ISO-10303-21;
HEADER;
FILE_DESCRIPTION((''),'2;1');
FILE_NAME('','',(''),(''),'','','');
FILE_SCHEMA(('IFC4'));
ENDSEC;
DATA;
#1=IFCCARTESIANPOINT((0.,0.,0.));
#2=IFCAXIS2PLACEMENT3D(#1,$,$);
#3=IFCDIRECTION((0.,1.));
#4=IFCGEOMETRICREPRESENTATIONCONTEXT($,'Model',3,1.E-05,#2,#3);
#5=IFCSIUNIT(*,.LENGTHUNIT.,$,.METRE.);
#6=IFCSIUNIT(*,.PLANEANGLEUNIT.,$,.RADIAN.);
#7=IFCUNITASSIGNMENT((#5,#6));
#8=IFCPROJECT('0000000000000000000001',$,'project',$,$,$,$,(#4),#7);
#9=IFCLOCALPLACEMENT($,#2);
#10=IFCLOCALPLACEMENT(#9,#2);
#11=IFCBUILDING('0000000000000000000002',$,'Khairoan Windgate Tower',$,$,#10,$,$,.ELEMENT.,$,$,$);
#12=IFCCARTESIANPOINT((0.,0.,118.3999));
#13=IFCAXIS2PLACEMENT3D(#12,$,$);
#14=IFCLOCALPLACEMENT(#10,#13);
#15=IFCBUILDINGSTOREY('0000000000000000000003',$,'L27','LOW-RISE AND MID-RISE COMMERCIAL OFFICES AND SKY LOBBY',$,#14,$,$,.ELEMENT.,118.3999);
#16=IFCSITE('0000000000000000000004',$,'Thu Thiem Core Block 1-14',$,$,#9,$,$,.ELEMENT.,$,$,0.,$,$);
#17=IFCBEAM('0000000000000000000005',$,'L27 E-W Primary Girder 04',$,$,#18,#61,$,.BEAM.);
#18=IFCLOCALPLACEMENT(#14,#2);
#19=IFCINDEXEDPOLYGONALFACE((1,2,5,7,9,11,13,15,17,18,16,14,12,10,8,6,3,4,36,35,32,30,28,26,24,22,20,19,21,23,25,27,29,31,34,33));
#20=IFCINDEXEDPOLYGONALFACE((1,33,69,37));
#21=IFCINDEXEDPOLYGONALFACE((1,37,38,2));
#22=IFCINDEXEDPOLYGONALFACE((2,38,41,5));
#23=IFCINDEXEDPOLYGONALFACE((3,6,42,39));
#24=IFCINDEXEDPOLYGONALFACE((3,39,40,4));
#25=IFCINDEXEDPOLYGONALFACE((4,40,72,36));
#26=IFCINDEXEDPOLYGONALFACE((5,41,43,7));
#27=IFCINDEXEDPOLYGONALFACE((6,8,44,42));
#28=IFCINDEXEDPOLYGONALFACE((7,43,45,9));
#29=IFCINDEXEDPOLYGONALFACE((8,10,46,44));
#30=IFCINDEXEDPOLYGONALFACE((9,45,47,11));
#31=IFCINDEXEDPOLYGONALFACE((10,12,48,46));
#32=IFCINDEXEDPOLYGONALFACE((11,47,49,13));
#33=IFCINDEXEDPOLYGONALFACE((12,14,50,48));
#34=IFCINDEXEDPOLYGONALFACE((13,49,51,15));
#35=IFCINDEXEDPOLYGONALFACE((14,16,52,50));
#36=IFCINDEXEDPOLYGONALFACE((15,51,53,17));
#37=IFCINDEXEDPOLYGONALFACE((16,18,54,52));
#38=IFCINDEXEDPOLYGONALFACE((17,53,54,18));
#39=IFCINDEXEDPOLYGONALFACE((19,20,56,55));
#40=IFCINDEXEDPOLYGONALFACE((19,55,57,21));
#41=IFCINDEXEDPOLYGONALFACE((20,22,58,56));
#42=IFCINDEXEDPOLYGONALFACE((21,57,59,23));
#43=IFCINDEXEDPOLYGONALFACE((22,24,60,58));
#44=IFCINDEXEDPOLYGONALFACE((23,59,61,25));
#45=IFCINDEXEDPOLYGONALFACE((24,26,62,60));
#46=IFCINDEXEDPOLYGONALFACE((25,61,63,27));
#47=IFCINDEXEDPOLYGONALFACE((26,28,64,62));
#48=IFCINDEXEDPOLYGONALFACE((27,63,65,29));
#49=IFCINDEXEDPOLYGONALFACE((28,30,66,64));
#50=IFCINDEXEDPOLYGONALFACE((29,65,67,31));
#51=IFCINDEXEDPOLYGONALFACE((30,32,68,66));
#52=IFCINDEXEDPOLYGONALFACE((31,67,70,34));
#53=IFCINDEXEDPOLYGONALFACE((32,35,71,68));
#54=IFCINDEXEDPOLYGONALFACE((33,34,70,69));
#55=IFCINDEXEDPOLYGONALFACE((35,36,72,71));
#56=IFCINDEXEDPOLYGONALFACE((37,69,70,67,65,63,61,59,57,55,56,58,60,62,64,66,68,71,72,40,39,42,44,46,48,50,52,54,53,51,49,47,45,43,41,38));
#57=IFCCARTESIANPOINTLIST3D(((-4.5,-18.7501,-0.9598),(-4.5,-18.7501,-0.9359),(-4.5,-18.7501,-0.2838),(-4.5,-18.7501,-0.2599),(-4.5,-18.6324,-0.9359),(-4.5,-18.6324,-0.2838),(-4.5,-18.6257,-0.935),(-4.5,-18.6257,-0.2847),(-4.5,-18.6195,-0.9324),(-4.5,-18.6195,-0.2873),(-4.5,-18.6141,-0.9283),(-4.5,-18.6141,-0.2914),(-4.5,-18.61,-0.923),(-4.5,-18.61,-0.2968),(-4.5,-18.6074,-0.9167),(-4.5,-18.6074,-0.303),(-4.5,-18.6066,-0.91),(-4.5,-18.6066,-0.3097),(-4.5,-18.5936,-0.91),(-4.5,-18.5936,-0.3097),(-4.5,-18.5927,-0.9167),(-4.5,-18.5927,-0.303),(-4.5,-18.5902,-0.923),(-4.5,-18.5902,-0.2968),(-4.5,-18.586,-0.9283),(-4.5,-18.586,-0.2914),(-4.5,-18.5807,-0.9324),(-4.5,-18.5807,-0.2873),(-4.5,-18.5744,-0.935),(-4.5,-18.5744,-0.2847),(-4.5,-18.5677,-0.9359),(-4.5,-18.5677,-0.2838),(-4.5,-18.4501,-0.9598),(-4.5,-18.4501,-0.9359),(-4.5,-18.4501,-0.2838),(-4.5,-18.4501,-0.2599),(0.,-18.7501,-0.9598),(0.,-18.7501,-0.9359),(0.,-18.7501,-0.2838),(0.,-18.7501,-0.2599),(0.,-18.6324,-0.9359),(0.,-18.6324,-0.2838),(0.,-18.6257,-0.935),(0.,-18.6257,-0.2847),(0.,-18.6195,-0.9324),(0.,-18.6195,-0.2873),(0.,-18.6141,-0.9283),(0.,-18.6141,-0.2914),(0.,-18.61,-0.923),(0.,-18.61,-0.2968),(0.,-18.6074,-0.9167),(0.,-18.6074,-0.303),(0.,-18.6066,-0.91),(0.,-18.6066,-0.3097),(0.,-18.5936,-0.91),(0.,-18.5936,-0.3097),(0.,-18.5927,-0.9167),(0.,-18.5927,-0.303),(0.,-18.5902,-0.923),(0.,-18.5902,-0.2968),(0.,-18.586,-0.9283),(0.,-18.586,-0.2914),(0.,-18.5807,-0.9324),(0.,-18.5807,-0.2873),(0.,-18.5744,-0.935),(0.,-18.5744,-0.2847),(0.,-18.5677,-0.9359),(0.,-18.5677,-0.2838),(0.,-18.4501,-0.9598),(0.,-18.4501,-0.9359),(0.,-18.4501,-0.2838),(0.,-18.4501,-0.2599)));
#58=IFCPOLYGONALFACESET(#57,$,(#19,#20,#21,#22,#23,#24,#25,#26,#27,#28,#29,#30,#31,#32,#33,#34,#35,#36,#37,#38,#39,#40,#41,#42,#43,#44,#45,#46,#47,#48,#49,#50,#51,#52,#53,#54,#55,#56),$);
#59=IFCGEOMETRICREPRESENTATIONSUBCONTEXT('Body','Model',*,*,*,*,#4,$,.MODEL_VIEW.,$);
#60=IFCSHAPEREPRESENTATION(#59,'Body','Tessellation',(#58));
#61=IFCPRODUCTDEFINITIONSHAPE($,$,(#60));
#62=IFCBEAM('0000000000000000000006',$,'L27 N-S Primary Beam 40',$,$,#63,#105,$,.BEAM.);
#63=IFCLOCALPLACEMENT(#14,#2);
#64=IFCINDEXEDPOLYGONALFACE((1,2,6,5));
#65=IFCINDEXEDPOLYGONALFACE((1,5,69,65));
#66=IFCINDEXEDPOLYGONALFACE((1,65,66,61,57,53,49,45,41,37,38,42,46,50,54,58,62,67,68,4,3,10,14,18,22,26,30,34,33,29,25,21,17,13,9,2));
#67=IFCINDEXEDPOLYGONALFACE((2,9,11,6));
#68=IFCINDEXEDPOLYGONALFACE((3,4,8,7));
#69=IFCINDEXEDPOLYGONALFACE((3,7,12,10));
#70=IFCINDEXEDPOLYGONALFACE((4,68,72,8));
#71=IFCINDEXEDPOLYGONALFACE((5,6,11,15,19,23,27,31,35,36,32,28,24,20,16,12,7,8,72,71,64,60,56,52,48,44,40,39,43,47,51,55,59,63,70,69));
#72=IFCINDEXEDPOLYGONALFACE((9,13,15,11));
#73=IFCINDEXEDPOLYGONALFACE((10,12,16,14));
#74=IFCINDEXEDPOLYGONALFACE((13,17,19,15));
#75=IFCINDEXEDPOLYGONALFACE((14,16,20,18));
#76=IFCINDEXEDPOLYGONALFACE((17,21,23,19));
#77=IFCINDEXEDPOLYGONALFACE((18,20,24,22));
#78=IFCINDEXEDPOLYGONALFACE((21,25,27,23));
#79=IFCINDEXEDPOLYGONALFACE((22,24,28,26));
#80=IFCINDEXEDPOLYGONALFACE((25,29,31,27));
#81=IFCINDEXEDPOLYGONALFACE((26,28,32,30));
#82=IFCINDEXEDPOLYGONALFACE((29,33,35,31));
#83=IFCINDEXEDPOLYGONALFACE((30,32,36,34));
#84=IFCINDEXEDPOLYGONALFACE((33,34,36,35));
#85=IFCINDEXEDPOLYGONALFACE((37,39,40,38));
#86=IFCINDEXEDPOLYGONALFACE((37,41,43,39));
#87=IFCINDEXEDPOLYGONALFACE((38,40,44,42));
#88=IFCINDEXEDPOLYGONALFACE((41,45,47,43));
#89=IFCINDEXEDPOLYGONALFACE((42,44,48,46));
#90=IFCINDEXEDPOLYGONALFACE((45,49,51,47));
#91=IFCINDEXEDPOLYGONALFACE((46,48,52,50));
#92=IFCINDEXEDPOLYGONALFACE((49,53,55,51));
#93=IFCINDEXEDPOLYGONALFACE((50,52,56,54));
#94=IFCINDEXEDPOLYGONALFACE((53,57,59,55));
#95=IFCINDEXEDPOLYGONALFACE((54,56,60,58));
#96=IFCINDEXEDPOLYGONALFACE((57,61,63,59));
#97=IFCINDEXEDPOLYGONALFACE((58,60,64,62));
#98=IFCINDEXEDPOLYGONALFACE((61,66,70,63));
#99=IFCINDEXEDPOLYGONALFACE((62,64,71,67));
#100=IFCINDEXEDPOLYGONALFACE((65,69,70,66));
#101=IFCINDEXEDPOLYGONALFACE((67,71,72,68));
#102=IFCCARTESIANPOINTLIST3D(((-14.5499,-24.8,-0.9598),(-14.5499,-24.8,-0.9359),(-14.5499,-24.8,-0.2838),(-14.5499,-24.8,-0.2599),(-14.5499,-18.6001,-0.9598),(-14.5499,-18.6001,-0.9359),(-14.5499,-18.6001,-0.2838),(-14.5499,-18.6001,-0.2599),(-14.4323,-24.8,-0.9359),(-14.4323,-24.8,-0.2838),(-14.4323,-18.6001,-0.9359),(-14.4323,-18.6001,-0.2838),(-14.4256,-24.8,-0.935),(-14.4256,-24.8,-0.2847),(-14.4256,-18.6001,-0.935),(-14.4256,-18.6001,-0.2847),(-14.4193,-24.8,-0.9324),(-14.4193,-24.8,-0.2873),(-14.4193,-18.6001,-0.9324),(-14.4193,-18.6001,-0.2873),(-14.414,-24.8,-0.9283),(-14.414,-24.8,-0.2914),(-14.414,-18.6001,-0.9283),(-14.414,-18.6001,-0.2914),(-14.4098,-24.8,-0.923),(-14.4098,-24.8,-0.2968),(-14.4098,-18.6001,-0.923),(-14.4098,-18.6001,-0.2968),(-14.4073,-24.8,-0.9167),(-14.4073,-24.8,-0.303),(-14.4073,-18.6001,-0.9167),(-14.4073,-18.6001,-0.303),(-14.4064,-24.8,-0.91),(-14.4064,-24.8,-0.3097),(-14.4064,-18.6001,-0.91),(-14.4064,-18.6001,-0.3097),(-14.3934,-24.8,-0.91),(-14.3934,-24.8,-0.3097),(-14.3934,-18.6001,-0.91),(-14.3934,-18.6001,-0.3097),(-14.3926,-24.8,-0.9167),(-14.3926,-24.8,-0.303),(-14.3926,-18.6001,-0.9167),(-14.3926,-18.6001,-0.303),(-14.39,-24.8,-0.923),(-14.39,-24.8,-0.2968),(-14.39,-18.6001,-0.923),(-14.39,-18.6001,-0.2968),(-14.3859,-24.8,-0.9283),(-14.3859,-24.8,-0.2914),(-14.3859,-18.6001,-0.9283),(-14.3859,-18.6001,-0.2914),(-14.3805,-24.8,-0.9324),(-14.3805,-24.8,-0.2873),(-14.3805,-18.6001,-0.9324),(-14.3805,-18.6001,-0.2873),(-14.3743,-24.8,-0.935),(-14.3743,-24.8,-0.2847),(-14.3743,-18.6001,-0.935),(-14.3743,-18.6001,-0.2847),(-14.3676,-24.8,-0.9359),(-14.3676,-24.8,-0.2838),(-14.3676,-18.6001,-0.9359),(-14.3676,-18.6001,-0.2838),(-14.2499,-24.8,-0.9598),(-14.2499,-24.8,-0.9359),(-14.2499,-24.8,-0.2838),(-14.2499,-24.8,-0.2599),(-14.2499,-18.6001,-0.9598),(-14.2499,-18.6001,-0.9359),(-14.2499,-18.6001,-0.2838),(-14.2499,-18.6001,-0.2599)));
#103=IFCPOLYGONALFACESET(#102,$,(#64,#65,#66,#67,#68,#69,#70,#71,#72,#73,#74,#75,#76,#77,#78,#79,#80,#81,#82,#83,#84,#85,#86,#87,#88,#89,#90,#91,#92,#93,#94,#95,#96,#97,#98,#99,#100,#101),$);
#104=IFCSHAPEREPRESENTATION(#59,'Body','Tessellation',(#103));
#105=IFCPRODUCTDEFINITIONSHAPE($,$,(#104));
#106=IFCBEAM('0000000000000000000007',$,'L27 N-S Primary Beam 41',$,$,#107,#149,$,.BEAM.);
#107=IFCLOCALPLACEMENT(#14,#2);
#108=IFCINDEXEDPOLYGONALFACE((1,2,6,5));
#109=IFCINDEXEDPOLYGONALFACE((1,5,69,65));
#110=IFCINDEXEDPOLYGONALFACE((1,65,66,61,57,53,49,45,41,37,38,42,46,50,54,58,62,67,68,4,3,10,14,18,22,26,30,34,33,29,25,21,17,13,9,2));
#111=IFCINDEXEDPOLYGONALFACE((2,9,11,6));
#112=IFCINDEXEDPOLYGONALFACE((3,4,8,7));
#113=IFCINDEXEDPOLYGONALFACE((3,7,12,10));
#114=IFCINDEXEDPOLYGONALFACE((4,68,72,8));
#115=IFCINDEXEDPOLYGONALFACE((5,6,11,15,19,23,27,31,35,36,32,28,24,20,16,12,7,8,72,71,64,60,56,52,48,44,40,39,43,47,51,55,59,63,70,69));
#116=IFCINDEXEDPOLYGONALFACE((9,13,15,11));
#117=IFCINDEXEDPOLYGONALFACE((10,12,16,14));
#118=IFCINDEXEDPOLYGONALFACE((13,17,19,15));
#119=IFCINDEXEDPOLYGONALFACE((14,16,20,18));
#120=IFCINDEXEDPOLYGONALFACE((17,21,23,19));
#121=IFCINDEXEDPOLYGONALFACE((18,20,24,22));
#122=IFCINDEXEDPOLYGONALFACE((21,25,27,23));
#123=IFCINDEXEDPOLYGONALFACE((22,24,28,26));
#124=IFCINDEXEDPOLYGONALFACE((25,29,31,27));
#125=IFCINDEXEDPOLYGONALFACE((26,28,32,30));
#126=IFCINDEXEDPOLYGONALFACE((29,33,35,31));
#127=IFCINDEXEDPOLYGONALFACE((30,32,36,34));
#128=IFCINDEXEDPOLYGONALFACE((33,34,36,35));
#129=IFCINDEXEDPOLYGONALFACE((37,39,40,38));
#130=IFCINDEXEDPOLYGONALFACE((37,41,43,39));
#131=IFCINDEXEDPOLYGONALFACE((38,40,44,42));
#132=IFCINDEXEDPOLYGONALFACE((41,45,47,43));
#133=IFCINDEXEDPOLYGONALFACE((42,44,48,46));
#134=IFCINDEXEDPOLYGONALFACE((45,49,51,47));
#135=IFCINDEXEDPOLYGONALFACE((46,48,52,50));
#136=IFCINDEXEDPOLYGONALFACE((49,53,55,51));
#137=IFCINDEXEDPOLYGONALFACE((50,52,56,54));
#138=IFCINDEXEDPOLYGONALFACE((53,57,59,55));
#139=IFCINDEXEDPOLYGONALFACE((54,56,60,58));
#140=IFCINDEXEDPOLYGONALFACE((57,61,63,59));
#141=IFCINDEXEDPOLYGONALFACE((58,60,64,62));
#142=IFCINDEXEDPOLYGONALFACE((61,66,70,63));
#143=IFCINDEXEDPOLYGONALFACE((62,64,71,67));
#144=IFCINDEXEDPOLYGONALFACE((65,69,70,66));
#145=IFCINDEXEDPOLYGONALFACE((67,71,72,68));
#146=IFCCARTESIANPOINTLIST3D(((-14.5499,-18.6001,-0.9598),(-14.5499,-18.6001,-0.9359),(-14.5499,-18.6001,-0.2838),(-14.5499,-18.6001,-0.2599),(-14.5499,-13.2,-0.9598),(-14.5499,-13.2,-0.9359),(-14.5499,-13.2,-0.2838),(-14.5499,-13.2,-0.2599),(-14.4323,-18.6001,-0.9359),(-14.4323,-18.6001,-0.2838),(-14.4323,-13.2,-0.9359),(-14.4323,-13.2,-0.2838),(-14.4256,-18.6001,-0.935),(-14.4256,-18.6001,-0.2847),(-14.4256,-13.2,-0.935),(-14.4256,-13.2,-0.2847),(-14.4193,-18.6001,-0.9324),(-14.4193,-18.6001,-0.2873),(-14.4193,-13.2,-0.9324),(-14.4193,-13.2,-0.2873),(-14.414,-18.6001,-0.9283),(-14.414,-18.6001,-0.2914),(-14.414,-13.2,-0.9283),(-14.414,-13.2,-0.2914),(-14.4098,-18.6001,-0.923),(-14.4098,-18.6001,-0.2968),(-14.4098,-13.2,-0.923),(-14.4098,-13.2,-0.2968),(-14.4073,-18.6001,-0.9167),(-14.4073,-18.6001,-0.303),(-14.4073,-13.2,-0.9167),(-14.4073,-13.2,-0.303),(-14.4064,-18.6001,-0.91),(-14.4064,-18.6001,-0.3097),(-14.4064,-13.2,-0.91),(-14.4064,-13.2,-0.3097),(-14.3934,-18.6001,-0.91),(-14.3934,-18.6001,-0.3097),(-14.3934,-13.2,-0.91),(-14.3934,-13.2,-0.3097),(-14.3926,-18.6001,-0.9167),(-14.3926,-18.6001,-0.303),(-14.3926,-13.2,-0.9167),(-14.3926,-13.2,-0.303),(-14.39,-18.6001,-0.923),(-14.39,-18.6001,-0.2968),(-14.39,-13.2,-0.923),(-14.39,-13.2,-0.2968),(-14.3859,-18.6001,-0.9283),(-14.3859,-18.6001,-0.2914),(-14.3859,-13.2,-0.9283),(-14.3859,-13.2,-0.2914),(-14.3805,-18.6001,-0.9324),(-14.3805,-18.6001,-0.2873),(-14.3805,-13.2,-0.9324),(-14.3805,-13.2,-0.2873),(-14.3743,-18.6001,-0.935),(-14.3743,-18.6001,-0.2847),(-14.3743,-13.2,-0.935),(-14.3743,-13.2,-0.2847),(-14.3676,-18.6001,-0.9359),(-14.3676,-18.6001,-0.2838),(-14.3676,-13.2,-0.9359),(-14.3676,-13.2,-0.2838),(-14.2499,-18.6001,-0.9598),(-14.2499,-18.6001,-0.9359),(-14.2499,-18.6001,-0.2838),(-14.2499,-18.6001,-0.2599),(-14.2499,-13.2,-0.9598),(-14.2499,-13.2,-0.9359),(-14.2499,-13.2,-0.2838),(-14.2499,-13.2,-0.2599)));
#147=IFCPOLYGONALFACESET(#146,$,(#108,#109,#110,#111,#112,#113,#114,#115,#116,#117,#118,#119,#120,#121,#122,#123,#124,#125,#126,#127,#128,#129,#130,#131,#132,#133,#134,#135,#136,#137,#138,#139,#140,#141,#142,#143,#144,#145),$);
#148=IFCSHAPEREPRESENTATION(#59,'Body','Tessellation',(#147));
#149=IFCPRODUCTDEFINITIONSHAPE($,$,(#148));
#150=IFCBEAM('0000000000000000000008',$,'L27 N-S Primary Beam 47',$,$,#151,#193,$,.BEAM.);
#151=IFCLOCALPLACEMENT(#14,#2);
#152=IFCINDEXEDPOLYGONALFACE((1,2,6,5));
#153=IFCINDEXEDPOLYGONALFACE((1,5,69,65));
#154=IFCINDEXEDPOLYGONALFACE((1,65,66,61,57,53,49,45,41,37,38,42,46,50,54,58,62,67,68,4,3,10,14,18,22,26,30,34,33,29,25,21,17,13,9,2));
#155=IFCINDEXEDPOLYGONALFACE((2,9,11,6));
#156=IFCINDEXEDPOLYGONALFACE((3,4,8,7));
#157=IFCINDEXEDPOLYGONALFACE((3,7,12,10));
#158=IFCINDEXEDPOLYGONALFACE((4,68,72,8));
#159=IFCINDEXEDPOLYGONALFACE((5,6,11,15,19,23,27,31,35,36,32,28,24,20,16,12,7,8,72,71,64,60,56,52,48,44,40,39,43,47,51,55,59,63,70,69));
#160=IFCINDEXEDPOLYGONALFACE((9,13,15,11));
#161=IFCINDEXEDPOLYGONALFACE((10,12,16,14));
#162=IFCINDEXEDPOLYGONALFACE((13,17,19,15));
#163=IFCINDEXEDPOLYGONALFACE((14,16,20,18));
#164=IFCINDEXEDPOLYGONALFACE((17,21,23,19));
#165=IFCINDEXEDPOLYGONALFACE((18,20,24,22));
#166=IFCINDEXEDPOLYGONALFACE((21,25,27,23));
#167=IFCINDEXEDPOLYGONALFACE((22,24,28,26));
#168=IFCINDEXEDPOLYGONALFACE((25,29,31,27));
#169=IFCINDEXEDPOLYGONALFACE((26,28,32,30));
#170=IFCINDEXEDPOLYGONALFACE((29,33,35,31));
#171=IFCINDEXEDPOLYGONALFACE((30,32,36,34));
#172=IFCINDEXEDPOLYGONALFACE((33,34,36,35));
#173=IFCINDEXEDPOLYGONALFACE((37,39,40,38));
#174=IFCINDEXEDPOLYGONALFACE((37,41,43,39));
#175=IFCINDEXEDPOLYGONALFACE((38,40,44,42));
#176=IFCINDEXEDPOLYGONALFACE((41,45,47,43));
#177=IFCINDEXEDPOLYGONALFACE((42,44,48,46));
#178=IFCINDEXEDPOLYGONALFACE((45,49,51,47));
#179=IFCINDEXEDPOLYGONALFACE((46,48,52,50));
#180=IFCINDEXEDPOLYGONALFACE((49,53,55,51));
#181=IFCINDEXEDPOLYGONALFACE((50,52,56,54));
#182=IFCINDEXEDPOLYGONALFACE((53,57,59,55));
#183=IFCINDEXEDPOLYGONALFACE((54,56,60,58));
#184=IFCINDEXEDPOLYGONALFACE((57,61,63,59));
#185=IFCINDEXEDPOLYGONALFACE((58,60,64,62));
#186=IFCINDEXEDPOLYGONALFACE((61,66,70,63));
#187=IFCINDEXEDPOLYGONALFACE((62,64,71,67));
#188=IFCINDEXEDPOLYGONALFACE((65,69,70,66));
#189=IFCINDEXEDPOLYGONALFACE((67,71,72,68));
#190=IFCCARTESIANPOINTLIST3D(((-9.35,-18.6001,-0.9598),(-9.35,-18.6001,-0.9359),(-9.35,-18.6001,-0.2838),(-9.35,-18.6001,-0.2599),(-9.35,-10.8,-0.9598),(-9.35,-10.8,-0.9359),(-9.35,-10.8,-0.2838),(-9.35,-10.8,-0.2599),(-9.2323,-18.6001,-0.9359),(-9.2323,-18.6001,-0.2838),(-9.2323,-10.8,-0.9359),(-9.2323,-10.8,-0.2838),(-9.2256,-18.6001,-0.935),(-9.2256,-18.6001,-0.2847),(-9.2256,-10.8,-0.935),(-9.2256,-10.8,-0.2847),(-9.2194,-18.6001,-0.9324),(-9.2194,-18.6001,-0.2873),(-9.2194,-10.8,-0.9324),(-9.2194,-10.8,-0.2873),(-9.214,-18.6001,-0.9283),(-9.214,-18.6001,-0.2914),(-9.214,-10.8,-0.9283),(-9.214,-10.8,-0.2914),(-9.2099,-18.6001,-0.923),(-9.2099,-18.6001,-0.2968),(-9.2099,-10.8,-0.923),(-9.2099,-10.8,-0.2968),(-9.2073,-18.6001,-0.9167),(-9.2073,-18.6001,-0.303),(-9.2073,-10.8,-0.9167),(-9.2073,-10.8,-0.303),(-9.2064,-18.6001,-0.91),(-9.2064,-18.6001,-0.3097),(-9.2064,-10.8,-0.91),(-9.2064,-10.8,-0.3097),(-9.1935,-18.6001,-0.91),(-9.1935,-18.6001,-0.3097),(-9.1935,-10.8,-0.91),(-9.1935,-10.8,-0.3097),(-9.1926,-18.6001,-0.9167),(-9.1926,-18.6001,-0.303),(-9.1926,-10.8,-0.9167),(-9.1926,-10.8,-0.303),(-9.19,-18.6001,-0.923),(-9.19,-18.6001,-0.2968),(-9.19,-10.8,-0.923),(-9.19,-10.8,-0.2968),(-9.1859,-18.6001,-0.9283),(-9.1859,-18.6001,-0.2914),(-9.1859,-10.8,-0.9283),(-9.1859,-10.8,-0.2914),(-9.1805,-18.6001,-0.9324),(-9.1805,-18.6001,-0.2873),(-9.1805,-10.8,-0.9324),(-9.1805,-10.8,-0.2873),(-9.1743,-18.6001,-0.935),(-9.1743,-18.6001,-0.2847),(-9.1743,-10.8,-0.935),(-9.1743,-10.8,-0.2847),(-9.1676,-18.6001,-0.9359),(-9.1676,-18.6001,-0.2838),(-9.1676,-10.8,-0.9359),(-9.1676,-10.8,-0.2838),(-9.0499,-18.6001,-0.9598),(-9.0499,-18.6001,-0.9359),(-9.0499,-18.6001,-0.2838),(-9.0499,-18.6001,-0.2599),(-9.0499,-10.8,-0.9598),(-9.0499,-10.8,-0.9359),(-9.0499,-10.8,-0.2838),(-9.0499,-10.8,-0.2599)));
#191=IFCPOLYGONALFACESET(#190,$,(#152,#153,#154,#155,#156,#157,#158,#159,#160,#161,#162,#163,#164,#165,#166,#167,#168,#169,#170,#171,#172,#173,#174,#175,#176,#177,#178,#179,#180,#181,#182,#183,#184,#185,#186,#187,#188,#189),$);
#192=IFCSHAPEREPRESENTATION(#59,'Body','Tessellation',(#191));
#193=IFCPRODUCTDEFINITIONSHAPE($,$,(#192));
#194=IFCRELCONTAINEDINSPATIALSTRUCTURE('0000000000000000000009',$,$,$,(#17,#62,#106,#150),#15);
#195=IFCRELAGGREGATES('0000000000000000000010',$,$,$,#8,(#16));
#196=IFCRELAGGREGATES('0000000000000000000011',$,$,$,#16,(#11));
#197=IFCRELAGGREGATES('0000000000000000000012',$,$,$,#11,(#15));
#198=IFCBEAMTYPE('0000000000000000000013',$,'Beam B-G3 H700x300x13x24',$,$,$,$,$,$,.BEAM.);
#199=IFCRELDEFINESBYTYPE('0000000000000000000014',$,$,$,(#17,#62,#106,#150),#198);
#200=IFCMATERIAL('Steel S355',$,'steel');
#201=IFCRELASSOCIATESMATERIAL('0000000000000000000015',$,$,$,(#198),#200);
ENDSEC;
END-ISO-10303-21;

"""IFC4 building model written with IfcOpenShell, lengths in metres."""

from ifc_helpers import new_model, si_unit, direction, frame, origin, origin_2d, place, context, subcontext, project, spatial, i_section, extrude, material, material_profile, profile_set, type_object, element, save


model = new_model("IFC4")

# Units and contexts
model_context = context("Model", 3, precision=1e-05, world=origin(), true_north=direction((0.0, 1.0)))
body_context = subcontext(model_context, "Body", "Model", "MODEL_VIEW")
ifc_project = project(units=[si_unit("LENGTHUNIT", "METRE"), si_unit("PLANEANGLEUNIT", "RADIAN")], contexts=[model_context])

# Site, building, storey
site_placement = place(None, origin())
site = spatial("IfcSite", under=ifc_project, at=site_placement, Name="Thu Thiem Core Block 1-14", CompositionType="ELEMENT", RefElevation=0.0)
building_placement = place(site_placement, origin())
building = spatial("IfcBuilding", under=site, at=building_placement, Name="Khairoan Windgate Tower", CompositionType="ELEMENT")
storey_placement = place(building_placement, frame((0.0, 0.0, 118.3999)))
storey = spatial("IfcBuildingStorey", under=building, at=storey_placement, Name="L27", Description="LOW-RISE AND MID-RISE COMMERCIAL OFFICES AND SKY LOBBY", CompositionType="ELEMENT", Elevation=118.3999)

# Beams
ifc_material_1 = material(Name="Steel S355", Category="steel")
ifc_material_profile_1 = material_profile(ifc_material_1, i_section(OverallWidth=0.3, OverallDepth=0.7, WebThickness=0.0129, FlangeThickness=0.0239, FilletRadius=0.0259, at=origin_2d()))
ifc_profile_set_1 = profile_set([ifc_material_profile_1], Name="Steel S355")
beam_type_1 = type_object("IfcBeamType", Name="Beam B-G3 H700x300x13x24", PredefinedType="BEAM", material=ifc_profile_set_1)
beam_1_placement = place(storey_placement, frame((-4.5, -18.6001, -0.6099), z_axis=(1.0, 0.0, 0.0), x_axis=(0.0, 1.0, 0.0)))
element("IfcBeam", 1, at=beam_1_placement, inside=storey, type_object=beam_type_1, Name="L27 E-W Primary Girder 04", PredefinedType="BEAM", context=body_context, shape_type="SweptSolid", body=[
    extrude(i_section(OverallWidth=0.3, OverallDepth=0.7, WebThickness=0.0129, FlangeThickness=0.0239, FilletRadius=0.0259, at=origin_2d()), origin(), (0.0, 0.0, 1.0), 4.5),
])
beam_2_placement = place(storey_placement, frame((-14.3999, -24.8, -0.6099), z_axis=(0.0, 1.0, 0.0), x_axis=(-1.0, 0.0, 0.0)))
element("IfcBeam", 2, at=beam_2_placement, inside=storey, type_object=beam_type_1, Name="L27 N-S Primary Beam 40", PredefinedType="BEAM", context=body_context, shape_type="SweptSolid", body=[
    extrude(i_section(OverallWidth=0.3, OverallDepth=0.7, WebThickness=0.0129, FlangeThickness=0.0239, FilletRadius=0.0259, at=origin_2d()), origin(), (0.0, 0.0, 1.0), 6.2),
])
beam_3_placement = place(storey_placement, frame((-14.3999, -18.6001, -0.6099), z_axis=(0.0, 1.0, 0.0), x_axis=(-1.0, 0.0, 0.0)))
element("IfcBeam", 3, at=beam_3_placement, inside=storey, type_object=beam_type_1, Name="L27 N-S Primary Beam 41", PredefinedType="BEAM", context=body_context, shape_type="SweptSolid", body=[
    extrude(i_section(OverallWidth=0.3, OverallDepth=0.7, WebThickness=0.0129, FlangeThickness=0.0239, FilletRadius=0.0259, at=origin_2d()), origin(), (0.0, 0.0, 1.0), 5.4001),
])
beam_4_placement = place(storey_placement, frame((-9.2, -18.6001, -0.6099), z_axis=(0.0, 1.0, 0.0), x_axis=(-1.0, 0.0, 0.0)))
element("IfcBeam", 4, at=beam_4_placement, inside=storey, type_object=beam_type_1, Name="L27 N-S Primary Beam 47", PredefinedType="BEAM", context=body_context, shape_type="SweptSolid", body=[
    extrude(i_section(OverallWidth=0.3, OverallDepth=0.7, WebThickness=0.0129, FlangeThickness=0.0239, FilletRadius=0.0259, at=origin_2d()), origin(), (0.0, 0.0, 1.0), 7.8),
])

save(model, "model.ifc")
